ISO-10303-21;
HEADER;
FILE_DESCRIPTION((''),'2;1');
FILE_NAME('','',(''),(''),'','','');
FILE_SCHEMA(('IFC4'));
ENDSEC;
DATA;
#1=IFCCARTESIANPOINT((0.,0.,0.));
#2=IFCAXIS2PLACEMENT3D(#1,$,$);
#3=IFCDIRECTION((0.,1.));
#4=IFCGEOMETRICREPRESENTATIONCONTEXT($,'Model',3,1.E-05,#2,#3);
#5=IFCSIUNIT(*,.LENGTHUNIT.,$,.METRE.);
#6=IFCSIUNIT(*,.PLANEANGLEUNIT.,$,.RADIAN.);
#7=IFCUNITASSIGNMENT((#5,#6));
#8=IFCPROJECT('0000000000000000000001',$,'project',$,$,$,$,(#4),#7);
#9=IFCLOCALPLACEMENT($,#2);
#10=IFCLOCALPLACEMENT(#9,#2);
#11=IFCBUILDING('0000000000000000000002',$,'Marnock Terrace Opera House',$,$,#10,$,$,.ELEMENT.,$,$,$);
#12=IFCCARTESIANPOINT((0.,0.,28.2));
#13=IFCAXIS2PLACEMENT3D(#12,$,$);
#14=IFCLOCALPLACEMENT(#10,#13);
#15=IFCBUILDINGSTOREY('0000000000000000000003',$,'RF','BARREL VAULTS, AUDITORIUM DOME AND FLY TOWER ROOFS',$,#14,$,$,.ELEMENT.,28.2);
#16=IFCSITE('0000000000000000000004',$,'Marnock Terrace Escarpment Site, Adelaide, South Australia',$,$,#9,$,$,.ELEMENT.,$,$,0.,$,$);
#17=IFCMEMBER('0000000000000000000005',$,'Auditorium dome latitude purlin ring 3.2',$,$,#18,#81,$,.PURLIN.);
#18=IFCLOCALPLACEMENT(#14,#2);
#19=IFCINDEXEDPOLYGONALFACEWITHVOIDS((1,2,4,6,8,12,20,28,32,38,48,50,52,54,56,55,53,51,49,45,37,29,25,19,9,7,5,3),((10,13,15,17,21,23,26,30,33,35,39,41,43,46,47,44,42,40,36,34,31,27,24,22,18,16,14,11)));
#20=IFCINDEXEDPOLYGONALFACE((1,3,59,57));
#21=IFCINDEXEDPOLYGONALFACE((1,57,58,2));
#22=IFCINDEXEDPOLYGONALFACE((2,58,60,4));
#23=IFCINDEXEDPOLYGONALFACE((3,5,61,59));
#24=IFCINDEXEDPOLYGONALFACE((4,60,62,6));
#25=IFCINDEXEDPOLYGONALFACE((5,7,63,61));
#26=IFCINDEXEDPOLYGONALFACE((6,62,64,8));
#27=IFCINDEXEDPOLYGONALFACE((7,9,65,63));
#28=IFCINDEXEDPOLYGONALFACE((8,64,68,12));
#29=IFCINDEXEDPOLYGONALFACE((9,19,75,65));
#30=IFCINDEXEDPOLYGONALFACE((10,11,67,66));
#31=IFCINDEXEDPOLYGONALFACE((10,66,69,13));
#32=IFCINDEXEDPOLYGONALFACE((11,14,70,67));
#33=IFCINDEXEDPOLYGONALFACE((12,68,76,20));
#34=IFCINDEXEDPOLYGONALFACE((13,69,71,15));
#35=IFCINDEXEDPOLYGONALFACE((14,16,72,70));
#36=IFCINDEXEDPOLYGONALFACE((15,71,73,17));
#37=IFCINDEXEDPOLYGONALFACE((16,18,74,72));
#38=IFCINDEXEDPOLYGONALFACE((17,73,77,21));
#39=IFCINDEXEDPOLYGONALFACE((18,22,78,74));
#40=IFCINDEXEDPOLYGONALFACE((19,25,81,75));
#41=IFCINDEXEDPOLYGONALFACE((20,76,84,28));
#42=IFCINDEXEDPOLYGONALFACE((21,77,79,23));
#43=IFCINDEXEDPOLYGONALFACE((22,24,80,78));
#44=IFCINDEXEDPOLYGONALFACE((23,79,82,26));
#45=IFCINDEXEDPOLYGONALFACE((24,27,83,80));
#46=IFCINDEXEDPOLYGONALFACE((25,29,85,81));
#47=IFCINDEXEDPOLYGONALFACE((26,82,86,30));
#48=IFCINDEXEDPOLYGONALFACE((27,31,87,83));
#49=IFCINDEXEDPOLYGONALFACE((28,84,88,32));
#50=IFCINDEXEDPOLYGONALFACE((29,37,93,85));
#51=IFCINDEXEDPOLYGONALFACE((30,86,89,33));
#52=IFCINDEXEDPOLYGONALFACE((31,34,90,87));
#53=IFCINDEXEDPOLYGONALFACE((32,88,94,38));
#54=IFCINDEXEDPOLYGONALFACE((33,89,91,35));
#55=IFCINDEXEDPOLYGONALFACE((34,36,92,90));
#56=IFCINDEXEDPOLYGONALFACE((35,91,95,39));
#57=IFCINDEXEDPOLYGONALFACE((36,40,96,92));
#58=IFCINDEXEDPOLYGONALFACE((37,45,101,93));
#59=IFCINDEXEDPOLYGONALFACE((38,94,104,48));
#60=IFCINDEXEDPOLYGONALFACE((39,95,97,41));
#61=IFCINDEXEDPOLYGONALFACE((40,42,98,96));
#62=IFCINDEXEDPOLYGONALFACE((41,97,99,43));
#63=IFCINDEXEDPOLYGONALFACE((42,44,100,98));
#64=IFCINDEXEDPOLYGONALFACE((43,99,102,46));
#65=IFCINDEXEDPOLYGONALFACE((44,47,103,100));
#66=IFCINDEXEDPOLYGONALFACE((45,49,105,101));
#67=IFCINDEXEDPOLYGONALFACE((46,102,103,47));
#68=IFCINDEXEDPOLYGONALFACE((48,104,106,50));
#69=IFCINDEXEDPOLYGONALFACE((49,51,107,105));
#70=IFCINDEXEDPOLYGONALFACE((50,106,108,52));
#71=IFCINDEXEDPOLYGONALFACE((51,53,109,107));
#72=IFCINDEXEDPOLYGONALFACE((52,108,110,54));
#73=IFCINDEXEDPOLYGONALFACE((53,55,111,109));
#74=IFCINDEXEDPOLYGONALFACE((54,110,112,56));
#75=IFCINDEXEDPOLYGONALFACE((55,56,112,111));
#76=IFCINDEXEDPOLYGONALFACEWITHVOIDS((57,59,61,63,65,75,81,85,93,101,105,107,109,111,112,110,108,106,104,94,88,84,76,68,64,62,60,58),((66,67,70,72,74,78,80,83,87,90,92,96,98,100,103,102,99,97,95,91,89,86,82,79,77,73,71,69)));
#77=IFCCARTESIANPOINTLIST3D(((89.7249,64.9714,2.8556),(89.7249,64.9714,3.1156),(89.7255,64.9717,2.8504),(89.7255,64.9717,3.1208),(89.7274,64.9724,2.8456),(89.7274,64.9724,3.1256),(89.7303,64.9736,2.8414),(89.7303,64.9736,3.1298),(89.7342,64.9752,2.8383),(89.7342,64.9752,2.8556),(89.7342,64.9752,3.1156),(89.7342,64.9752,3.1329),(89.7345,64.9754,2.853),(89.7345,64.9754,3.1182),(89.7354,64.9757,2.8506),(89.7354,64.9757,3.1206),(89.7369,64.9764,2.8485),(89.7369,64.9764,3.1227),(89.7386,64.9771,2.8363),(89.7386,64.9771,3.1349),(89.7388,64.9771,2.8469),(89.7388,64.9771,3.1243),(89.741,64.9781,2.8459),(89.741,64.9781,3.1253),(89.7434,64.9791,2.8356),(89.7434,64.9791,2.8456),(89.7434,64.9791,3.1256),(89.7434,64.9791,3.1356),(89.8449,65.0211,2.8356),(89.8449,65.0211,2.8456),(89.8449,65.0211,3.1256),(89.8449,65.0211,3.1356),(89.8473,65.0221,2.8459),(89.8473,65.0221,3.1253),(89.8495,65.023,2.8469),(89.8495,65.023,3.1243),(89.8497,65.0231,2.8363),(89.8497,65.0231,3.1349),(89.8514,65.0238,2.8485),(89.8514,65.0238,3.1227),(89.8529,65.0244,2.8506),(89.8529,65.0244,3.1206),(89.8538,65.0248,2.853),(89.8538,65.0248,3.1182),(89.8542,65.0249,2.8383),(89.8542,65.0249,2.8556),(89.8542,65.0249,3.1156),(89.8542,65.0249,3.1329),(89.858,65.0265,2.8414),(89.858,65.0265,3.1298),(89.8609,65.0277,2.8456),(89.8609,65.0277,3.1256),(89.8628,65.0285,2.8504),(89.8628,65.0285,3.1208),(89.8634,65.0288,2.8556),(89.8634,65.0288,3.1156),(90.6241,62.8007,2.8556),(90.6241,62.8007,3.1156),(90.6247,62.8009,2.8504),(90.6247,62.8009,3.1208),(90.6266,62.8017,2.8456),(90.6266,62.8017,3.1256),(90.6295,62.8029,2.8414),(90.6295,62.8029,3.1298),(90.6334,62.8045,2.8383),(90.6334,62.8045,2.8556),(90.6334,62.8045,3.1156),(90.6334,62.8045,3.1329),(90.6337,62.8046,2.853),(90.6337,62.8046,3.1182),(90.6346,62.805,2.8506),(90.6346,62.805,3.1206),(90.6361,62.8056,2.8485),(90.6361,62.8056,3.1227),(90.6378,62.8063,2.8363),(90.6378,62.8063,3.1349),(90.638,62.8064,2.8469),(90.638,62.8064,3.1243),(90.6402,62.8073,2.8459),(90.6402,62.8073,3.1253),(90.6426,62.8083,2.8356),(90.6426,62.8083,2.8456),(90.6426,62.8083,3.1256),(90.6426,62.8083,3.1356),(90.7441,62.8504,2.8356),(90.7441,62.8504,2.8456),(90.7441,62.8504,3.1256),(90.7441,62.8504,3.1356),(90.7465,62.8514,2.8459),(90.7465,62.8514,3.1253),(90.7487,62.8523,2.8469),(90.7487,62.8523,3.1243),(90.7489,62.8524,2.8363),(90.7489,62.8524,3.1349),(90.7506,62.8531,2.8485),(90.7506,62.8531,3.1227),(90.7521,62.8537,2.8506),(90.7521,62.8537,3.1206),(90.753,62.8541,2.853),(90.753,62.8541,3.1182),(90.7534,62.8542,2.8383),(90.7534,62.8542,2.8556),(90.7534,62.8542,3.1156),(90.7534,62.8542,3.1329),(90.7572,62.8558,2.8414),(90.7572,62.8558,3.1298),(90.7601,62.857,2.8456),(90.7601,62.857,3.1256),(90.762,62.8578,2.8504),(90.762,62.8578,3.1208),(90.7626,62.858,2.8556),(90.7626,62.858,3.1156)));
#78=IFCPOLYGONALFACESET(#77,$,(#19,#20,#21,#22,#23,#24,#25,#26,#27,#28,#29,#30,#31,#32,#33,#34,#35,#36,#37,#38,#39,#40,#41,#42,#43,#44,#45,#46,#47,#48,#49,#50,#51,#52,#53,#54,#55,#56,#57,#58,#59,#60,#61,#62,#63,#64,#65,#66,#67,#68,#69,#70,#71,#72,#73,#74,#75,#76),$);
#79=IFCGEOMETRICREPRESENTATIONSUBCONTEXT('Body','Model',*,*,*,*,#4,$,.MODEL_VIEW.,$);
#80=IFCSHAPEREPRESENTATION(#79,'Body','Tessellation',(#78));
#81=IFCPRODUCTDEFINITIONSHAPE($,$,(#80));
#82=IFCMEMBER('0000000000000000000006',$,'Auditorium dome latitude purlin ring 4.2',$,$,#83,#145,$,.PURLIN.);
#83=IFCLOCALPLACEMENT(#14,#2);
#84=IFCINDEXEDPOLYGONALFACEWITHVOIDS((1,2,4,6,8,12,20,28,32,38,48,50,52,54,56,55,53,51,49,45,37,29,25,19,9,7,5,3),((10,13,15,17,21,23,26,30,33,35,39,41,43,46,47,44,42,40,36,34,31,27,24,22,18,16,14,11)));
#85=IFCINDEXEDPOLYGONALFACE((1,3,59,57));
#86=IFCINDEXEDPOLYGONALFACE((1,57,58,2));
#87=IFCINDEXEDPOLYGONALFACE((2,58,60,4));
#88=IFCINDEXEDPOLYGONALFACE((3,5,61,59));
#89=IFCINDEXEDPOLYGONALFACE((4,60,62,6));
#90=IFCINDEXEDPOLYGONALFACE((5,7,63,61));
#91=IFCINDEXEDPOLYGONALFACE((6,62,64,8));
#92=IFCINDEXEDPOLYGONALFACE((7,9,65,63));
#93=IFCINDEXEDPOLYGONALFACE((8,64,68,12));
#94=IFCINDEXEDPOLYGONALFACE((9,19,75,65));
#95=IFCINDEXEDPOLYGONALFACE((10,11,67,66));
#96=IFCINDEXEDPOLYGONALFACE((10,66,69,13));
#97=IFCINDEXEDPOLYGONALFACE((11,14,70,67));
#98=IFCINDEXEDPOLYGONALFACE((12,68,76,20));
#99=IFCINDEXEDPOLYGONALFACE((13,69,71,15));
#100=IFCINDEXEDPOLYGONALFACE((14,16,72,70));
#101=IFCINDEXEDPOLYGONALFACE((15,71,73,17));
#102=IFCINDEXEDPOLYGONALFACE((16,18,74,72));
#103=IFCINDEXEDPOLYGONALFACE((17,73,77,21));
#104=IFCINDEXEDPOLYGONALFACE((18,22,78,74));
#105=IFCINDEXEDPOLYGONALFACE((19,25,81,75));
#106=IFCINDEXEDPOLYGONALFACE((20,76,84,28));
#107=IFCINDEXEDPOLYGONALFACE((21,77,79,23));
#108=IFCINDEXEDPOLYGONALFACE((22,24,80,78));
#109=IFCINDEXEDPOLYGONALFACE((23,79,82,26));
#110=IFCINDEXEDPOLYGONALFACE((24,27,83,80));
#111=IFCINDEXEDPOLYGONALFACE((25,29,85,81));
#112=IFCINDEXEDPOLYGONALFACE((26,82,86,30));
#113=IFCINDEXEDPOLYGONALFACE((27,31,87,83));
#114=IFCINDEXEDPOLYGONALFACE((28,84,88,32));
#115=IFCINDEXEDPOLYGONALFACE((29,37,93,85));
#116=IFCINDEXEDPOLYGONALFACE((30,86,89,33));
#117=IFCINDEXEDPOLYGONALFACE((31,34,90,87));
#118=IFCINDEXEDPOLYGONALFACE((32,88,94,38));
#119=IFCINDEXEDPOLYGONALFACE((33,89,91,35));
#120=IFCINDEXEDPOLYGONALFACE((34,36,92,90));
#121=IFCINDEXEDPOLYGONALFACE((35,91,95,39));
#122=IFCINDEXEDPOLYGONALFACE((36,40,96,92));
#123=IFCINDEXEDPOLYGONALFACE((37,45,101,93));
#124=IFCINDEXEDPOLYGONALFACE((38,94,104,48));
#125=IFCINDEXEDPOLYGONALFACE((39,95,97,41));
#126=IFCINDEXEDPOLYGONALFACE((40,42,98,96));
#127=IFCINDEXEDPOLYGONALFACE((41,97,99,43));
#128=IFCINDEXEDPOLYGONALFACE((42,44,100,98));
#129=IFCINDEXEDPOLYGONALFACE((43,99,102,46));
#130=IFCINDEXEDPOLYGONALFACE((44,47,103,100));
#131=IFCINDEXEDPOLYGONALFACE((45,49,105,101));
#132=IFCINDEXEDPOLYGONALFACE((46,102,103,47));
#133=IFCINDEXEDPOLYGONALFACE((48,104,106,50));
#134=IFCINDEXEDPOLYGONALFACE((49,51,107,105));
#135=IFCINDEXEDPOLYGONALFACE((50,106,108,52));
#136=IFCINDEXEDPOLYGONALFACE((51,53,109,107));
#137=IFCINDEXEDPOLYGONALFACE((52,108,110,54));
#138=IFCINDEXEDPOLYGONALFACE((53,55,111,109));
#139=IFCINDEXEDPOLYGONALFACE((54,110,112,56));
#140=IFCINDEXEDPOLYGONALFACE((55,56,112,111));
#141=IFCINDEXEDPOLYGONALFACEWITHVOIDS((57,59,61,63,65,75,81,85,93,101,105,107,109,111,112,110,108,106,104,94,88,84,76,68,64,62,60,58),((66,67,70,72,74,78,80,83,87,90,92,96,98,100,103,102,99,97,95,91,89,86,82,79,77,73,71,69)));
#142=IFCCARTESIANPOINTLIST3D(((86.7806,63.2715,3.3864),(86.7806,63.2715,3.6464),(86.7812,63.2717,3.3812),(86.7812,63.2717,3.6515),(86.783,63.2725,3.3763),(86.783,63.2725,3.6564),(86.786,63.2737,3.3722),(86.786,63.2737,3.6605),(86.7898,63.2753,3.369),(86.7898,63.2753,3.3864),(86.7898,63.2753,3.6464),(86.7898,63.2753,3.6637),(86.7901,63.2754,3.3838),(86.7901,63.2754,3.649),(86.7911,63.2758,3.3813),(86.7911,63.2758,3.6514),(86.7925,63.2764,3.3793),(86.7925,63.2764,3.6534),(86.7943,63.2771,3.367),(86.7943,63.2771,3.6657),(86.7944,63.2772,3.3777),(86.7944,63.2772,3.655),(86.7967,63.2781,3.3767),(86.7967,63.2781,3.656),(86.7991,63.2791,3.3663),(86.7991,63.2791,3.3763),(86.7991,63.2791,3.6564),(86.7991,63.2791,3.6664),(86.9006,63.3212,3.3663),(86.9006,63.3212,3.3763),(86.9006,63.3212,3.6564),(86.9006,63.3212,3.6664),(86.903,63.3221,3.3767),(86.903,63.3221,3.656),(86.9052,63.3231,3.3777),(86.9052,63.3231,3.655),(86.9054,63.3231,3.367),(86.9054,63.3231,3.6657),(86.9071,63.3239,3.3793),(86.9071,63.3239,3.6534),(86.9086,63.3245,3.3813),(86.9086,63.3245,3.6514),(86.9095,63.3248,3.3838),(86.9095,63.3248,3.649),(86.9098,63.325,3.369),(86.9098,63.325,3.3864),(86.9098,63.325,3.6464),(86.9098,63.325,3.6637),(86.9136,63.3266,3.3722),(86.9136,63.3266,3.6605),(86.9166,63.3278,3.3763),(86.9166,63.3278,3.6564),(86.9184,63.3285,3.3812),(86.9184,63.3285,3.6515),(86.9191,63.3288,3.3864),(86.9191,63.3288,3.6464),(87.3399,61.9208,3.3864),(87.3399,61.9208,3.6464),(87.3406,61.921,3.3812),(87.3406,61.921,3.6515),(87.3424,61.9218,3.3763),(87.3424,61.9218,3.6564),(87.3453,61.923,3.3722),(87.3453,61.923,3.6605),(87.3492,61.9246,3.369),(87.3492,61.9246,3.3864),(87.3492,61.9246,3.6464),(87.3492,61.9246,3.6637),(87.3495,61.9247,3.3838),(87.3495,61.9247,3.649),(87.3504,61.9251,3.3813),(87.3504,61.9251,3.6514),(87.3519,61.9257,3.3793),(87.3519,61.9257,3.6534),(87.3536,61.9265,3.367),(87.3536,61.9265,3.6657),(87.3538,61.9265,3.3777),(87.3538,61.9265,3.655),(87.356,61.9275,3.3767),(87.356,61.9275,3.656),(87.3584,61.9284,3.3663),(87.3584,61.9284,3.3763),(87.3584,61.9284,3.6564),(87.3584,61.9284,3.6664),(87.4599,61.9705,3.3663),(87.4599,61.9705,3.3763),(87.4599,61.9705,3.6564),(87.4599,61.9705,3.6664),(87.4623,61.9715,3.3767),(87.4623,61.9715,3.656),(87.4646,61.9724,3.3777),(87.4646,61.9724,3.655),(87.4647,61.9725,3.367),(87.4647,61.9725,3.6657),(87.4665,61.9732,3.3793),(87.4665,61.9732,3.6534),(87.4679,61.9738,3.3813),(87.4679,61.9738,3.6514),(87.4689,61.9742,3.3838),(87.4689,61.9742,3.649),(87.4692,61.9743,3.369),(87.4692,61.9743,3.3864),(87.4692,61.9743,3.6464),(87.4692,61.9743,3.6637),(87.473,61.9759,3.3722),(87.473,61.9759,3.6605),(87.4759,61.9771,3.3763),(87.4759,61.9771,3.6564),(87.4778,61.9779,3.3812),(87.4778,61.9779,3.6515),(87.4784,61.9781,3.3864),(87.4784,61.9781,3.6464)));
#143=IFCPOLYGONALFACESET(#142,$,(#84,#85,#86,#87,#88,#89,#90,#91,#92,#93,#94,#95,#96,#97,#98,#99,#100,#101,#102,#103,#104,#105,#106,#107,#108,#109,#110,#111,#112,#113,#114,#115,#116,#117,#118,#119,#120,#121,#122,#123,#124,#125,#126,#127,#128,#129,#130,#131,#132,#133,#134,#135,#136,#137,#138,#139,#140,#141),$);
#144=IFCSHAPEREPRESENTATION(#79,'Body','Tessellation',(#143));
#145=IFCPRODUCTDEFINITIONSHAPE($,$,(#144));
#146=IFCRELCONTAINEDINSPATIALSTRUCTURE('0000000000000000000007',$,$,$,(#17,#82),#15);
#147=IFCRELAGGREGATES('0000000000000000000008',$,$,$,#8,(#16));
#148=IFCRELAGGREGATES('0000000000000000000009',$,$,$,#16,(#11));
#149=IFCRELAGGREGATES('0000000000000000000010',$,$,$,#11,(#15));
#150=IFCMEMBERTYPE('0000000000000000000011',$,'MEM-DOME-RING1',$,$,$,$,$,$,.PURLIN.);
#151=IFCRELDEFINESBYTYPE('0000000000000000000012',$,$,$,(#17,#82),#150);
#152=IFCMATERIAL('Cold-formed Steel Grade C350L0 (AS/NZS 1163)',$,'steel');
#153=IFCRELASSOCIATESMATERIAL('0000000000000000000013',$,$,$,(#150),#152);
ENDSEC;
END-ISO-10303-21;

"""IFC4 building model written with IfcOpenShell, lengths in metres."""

from ifc_helpers import new_model, si_unit, direction, frame, origin, origin_2d, place, context, subcontext, project, spatial, hollow_rectangle, extrude, material, material_profile, profile_set, type_object, element, save


model = new_model("IFC4")

# Units and contexts
model_context = context("Model", 3, precision=1e-05, world=origin(), true_north=direction((0.0, 1.0)))
body_context = subcontext(model_context, "Body", "Model", "MODEL_VIEW")
ifc_project = project(units=[si_unit("LENGTHUNIT", "METRE"), si_unit("PLANEANGLEUNIT", "RADIAN")], contexts=[model_context])

# Site, building, storey
site_placement = place(None, origin())
site = spatial("IfcSite", under=ifc_project, at=site_placement, Name="Marnock Terrace Escarpment Site, Adelaide, South Australia", CompositionType="ELEMENT", RefElevation=0.0)
building_placement = place(site_placement, origin())
building = spatial("IfcBuilding", under=site, at=building_placement, Name="Marnock Terrace Opera House", CompositionType="ELEMENT")
storey_placement = place(building_placement, frame((0.0, 0.0, 28.2)))
storey = spatial("IfcBuildingStorey", under=building, at=storey_placement, Name="RF", Description="BARREL VAULTS, AUDITORIUM DOME AND FLY TOWER ROOFS", CompositionType="ELEMENT", Elevation=28.2)

# Members
ifc_material_1 = material(Name="Cold-formed Steel Grade C350L0 (AS/NZS 1163)", Category="steel")
ifc_material_profile_1 = material_profile(ifc_material_1, hollow_rectangle(XDim=0.1499, YDim=0.3, WallThickness=0.01, InnerFilletRadius=0.01, OuterFilletRadius=0.02, at=origin_2d()))
ifc_profile_set_1 = profile_set([ifc_material_profile_1], Name="Cold-formed Steel Grade C350L0 (AS/NZS 1163)")
member_type_1 = type_object("IfcMemberType", Name="MEM-DOME-RING1", PredefinedType="PURLIN", material=ifc_profile_set_1)
member_1_placement = place(storey_placement, frame((90.6934, 62.8293, 2.9856), z_axis=(-0.382704, 0.923871, 0.0), x_axis=(-0.923871, -0.382704, 0.0)))
element("IfcMember", 1, at=member_1_placement, inside=storey, type_object=member_type_1, Name="Auditorium dome latitude purlin ring 3.2", PredefinedType="PURLIN", context=body_context, shape_type="SweptSolid", body=[
    extrude(hollow_rectangle(XDim=0.1499, YDim=0.3, WallThickness=0.01, InnerFilletRadius=0.01, OuterFilletRadius=0.02, at=origin_2d()), origin(), (0.0, 0.0, 1.0), 2.3496),
])
for number, where, z_axis, x_axis, name in (
    (2, (87.4092, 61.9495, 3.5164), (-0.382622, 0.923905, 0.0), (-0.923905, -0.382622, 0.0), "Auditorium dome latitude purlin ring 4.2"),
):
    element("IfcMember", number, at=place(storey_placement, frame(where, z_axis=z_axis, x_axis=x_axis)), inside=storey, type_object=member_type_1, Name=name, PredefinedType="PURLIN", context=body_context, shape_type="SweptSolid", body=[
        extrude(hollow_rectangle(XDim=0.1499, YDim=0.3, WallThickness=0.01, InnerFilletRadius=0.01, OuterFilletRadius=0.02, at=origin_2d()), origin(), (0.0, 0.0, 1.0), 1.4619),
    ])

save(model, "model.ifc")
